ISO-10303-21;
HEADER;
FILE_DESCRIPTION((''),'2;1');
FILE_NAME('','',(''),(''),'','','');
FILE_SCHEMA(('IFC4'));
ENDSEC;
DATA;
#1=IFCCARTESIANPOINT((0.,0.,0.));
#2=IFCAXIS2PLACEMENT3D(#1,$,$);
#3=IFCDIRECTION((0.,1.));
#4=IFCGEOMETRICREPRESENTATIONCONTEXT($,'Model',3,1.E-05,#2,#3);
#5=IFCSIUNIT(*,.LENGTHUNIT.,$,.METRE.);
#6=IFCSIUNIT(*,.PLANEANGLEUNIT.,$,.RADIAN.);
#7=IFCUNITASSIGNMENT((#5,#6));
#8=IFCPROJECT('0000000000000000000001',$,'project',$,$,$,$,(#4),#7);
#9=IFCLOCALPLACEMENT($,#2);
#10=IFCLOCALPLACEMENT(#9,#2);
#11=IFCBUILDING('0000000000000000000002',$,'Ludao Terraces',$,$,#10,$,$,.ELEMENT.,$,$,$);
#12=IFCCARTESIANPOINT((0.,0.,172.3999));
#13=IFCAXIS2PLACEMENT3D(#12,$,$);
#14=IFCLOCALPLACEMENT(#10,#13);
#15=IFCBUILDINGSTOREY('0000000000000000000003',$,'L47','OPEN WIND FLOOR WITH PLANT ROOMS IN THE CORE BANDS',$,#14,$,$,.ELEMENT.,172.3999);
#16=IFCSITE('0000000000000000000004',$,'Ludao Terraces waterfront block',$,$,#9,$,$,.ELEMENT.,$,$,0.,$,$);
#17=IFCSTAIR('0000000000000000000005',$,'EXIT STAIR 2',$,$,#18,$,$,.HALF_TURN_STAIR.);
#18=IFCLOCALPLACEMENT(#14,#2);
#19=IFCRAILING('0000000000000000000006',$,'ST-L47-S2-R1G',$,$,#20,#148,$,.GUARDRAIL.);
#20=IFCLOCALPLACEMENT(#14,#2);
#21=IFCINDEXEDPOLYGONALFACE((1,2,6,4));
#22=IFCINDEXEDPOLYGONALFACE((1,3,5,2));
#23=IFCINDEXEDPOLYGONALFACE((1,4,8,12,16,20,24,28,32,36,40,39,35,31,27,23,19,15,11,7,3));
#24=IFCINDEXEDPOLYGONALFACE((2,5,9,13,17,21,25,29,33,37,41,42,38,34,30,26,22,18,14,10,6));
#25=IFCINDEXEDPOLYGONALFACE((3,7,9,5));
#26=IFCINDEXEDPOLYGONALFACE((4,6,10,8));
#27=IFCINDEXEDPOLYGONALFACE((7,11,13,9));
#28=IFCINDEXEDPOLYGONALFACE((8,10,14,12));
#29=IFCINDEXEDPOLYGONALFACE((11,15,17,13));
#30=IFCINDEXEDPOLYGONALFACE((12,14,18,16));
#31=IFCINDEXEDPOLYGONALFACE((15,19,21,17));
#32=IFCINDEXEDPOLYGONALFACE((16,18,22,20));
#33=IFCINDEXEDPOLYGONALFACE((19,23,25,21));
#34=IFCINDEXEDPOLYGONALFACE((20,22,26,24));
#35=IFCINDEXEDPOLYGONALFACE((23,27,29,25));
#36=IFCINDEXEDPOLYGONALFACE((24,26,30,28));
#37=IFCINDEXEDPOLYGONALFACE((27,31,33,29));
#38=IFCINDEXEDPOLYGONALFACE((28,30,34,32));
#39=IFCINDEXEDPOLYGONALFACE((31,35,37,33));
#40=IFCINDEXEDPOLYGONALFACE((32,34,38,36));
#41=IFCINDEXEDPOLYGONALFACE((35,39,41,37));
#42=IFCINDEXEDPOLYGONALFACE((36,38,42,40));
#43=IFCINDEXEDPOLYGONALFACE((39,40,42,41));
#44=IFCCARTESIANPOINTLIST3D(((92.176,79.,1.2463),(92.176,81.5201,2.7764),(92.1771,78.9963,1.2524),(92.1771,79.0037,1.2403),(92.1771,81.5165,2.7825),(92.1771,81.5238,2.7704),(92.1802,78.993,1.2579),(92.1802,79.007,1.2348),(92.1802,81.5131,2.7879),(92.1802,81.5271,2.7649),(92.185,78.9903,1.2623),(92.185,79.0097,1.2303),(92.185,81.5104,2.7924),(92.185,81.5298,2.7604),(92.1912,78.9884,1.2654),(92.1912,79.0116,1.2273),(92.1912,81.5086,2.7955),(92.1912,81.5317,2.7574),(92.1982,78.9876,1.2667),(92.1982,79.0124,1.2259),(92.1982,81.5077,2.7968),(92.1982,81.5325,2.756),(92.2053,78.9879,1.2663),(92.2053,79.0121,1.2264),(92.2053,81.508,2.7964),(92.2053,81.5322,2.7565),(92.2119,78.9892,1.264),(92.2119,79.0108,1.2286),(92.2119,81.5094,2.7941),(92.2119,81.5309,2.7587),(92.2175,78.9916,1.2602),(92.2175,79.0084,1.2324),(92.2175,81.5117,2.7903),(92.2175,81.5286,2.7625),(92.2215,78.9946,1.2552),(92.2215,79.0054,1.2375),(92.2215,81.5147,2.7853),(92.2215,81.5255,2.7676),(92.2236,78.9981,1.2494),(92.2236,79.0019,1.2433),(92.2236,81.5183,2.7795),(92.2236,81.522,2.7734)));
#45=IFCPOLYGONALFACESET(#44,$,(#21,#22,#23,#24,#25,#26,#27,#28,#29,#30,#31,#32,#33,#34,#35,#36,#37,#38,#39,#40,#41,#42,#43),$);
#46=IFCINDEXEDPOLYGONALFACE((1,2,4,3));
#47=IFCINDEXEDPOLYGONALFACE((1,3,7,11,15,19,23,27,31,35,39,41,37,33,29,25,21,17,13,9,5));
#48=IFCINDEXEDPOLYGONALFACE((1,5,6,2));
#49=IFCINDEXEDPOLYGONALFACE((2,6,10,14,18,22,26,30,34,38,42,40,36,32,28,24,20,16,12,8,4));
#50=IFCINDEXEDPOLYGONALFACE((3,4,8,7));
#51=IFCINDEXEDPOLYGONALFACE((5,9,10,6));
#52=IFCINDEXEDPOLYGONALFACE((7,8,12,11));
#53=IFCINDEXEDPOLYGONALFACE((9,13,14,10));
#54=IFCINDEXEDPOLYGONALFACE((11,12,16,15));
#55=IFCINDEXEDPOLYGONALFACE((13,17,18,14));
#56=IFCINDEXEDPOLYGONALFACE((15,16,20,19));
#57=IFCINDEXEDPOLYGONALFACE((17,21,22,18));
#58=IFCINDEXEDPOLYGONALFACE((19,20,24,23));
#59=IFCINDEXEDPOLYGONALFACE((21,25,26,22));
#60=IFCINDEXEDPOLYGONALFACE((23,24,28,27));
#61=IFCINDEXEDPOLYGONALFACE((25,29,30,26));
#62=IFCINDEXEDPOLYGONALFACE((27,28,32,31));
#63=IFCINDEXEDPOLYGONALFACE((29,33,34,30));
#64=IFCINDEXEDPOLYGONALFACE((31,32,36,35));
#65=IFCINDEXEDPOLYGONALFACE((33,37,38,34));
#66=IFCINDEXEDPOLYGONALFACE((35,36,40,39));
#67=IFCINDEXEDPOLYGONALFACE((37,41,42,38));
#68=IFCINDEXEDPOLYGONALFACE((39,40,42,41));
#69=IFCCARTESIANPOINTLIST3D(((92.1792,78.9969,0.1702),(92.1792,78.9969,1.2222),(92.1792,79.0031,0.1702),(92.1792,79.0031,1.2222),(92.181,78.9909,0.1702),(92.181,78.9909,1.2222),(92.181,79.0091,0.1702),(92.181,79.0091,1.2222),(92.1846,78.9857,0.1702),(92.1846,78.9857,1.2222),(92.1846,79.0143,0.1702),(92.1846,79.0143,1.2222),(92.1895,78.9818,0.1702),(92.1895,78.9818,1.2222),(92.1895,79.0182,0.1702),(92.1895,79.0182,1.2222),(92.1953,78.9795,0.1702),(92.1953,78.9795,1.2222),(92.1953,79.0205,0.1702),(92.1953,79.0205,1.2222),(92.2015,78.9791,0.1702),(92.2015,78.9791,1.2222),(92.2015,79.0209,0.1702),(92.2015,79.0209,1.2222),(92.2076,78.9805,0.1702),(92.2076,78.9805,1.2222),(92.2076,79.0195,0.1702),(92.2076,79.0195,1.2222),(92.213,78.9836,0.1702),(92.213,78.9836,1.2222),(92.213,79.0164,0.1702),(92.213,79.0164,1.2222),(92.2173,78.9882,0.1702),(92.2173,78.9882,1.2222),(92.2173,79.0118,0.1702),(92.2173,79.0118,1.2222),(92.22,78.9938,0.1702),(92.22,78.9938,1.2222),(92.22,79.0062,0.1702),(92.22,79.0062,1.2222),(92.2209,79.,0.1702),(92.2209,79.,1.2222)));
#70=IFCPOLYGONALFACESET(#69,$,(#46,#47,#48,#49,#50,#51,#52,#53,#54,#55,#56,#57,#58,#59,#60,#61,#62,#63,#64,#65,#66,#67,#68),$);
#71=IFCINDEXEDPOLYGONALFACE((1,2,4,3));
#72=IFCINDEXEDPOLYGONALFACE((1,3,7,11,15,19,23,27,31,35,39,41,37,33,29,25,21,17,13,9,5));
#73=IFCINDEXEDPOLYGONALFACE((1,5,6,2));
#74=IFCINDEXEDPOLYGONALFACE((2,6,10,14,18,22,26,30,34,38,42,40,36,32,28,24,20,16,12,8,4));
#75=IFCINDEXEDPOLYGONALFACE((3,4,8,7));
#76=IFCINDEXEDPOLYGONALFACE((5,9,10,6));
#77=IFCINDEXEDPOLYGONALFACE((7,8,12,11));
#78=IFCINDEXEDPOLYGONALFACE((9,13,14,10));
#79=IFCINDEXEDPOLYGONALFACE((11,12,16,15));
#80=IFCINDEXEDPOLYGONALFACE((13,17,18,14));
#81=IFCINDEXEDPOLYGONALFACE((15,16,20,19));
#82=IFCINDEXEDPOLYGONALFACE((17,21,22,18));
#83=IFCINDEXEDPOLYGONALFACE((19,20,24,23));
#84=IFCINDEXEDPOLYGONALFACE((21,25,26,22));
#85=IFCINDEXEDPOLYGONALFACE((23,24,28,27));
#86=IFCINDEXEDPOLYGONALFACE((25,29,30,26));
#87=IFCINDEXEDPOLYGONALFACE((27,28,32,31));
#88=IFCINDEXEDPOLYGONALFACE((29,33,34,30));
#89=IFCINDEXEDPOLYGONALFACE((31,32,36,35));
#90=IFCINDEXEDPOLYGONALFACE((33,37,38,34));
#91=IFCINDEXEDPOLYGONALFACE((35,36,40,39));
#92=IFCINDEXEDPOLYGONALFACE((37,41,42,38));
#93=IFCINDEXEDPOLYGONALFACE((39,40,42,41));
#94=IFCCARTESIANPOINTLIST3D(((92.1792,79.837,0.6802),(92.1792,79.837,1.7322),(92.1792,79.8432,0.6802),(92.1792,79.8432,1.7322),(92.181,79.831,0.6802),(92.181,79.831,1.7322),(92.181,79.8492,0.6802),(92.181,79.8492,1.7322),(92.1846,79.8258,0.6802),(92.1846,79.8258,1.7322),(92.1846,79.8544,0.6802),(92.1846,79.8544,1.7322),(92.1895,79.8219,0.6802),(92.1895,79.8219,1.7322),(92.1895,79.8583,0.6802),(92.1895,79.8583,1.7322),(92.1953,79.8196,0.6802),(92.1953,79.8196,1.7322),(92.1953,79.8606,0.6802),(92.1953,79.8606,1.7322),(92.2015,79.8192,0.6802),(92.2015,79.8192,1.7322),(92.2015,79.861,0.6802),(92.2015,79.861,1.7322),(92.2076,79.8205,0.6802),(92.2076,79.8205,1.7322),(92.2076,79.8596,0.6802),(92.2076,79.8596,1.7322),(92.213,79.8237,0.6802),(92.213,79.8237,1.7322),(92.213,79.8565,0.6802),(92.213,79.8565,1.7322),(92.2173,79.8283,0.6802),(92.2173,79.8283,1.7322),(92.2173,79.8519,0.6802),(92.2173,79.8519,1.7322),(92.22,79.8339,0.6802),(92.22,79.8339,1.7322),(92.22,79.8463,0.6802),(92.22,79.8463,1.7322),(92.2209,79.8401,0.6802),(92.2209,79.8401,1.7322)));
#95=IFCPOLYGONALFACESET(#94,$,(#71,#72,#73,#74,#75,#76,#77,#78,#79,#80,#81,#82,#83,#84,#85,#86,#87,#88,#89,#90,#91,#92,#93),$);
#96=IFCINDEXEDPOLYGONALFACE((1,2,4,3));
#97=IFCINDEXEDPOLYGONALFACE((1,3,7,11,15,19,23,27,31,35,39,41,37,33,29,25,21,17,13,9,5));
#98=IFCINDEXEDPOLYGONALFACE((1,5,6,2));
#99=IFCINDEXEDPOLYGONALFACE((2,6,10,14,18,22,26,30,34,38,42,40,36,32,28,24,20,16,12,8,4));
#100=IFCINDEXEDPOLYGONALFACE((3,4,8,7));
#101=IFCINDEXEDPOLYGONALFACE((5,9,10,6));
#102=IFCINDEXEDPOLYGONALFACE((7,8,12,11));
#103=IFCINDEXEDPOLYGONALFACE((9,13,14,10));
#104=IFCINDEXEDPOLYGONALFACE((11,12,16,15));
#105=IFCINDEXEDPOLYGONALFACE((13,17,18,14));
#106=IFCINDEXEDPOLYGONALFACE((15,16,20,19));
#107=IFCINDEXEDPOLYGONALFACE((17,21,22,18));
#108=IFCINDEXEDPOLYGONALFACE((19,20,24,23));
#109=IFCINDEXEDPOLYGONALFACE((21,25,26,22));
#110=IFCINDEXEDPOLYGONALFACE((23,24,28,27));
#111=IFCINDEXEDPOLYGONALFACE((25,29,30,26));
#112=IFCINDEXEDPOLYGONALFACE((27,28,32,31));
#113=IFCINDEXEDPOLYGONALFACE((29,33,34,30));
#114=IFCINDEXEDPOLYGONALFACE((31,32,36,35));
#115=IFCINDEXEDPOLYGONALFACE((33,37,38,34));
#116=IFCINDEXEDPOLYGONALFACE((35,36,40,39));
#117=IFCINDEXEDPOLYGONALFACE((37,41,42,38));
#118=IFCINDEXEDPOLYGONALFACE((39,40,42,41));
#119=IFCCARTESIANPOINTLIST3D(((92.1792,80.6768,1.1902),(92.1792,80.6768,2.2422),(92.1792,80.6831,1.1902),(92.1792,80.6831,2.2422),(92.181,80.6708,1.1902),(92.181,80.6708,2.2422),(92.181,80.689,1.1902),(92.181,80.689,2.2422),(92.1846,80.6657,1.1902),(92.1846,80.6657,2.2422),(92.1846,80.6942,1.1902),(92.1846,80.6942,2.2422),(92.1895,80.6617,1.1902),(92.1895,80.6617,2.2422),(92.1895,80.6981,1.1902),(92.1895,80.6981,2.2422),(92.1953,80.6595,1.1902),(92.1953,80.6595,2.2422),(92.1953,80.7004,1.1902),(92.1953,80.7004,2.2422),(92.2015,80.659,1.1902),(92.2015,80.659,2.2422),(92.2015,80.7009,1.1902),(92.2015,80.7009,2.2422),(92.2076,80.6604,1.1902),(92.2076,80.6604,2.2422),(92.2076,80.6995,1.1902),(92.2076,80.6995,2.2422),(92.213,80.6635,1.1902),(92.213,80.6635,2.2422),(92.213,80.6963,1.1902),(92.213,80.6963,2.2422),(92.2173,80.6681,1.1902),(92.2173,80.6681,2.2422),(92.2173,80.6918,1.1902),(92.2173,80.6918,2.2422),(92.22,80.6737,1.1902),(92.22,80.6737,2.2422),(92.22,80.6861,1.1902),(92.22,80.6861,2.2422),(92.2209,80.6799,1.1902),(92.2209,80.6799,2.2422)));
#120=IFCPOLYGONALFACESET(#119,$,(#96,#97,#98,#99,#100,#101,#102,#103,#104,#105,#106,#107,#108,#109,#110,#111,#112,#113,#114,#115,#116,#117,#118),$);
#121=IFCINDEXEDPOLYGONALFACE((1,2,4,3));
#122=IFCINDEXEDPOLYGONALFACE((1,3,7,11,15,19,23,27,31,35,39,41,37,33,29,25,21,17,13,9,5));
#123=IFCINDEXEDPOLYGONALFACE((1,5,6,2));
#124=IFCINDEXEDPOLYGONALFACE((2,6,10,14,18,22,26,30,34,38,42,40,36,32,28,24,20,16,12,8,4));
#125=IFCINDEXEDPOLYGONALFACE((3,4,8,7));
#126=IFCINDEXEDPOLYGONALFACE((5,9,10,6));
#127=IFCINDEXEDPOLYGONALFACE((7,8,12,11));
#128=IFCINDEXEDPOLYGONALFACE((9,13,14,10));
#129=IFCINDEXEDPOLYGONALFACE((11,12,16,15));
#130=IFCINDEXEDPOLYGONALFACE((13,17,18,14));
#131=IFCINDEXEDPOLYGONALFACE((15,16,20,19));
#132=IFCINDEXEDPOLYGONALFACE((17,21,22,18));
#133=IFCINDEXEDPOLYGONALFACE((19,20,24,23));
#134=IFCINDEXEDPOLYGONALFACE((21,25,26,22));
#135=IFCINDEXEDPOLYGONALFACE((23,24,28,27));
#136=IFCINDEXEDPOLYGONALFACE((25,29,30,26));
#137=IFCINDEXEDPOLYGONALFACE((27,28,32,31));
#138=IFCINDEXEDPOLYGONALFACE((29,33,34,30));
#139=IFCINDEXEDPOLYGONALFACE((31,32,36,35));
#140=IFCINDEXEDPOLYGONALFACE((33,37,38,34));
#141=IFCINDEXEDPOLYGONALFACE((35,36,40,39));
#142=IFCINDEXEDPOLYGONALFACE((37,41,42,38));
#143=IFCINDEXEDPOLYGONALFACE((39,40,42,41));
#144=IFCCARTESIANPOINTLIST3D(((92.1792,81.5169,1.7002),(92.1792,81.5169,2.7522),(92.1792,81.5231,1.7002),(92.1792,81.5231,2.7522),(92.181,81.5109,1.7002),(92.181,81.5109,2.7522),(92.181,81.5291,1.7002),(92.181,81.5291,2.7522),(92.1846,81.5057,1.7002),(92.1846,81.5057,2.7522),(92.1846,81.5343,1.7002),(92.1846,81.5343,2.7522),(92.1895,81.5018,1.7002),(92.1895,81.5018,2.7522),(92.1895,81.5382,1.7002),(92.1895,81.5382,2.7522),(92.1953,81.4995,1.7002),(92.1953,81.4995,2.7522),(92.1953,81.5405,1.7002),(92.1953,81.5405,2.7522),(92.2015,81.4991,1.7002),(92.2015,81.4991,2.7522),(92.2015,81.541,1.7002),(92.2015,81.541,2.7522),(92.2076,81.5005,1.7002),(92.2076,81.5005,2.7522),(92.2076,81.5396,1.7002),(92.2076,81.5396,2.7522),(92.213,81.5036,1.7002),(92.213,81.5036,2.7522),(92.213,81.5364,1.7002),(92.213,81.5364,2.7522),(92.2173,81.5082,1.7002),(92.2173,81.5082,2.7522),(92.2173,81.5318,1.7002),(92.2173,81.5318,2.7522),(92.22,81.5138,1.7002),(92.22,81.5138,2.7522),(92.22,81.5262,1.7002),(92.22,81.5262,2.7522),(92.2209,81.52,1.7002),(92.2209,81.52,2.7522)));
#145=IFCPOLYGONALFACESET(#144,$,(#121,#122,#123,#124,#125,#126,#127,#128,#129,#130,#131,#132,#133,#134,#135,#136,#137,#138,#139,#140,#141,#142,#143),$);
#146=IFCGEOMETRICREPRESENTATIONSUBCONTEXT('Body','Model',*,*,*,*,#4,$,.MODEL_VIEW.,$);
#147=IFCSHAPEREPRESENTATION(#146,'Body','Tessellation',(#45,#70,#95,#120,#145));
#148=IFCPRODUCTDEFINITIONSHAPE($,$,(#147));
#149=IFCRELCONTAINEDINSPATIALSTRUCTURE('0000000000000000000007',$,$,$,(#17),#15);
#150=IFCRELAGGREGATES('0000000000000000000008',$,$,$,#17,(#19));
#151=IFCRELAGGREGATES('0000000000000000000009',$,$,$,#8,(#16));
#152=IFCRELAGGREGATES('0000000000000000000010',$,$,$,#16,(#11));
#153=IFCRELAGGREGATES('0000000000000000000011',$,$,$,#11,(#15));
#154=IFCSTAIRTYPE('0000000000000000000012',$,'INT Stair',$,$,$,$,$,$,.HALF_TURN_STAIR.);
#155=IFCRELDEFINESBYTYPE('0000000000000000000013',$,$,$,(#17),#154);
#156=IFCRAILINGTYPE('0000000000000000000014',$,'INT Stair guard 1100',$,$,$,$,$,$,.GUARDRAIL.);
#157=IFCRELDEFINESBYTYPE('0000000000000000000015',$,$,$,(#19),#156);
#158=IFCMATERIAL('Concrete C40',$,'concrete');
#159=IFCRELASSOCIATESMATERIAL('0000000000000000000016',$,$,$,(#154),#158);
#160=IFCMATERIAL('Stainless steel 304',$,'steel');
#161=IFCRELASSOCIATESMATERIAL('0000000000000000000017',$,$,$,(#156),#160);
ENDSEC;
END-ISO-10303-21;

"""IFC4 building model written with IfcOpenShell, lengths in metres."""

from ifc_helpers import new_model, si_unit, direction, frame, origin, origin_2d, place, context, subcontext, project, spatial, circle, extrude, material, type_object, element, aggregate, save


model = new_model("IFC4")

# Units and contexts
model_context = context("Model", 3, precision=1e-05, world=origin(), true_north=direction((0.0, 1.0)))
body_context = subcontext(model_context, "Body", "Model", "MODEL_VIEW")
ifc_project = project(units=[si_unit("LENGTHUNIT", "METRE"), si_unit("PLANEANGLEUNIT", "RADIAN")], contexts=[model_context])

# Site, building, storey
site_placement = place(None, origin())
site = spatial("IfcSite", under=ifc_project, at=site_placement, Name="Ludao Terraces waterfront block", CompositionType="ELEMENT", RefElevation=0.0)
building_placement = place(site_placement, origin())
building = spatial("IfcBuilding", under=site, at=building_placement, Name="Ludao Terraces", CompositionType="ELEMENT")
storey_placement = place(building_placement, frame((0.0, 0.0, 172.3999)))
storey = spatial("IfcBuildingStorey", under=building, at=storey_placement, Name="L47", Description="OPEN WIND FLOOR WITH PLANT ROOMS IN THE CORE BANDS", CompositionType="ELEMENT", Elevation=172.3999)

# Stair, railing
ifc_material_1 = material(Name="Concrete C40", Category="concrete")
stair_type = type_object("IfcStairType", Name="INT Stair", PredefinedType="HALF_TURN_STAIR", material=ifc_material_1)
stair_placement = place(storey_placement, origin())
stair = element("IfcStair", 1, at=stair_placement, inside=storey, type_object=stair_type, Name="EXIT STAIR 2", PredefinedType="HALF_TURN_STAIR")
ifc_material_2 = material(Name="Stainless steel 304", Category="steel")
railing_type_1 = type_object("IfcRailingType", Name="INT Stair guard 1100", PredefinedType="GUARDRAIL", material=ifc_material_2)
railing_1_placement = place(storey_placement, frame((92.2, 79.0, 0.1702)))
railing_1 = element("IfcRailing", 2, at=railing_1_placement, type_object=railing_type_1, Name="ST-L47-S2-R1G", PredefinedType="GUARDRAIL", context=body_context, shape_type="SweptSolid", body=[
    extrude(circle(Radius=0.0239, at=origin_2d()), frame((0.0, 0.0, 1.0762), z_axis=(0.0, 0.854785, 0.518982), x_axis=(-1.0, 0.0, 0.0)), (0.0, 0.0, 1.0), 2.9482),
    extrude(circle(Radius=0.021, at=origin_2d()), origin(), (0.0, 0.0, 1.0), 1.052),
    extrude(circle(Radius=0.021, at=origin_2d()), frame((0.0, 0.8401, 0.51)), (0.0, 0.0, 1.0), 1.052),
    extrude(circle(Radius=0.021, at=origin_2d()), frame((0.0, 1.6799, 1.02)), (0.0, 0.0, 1.0), 1.052),
    extrude(circle(Radius=0.021, at=origin_2d()), frame((0.0, 2.52, 1.53)), (0.0, 0.0, 1.0), 1.052),
])
aggregate(stair, [railing_1])

save(model, "model.ifc")
